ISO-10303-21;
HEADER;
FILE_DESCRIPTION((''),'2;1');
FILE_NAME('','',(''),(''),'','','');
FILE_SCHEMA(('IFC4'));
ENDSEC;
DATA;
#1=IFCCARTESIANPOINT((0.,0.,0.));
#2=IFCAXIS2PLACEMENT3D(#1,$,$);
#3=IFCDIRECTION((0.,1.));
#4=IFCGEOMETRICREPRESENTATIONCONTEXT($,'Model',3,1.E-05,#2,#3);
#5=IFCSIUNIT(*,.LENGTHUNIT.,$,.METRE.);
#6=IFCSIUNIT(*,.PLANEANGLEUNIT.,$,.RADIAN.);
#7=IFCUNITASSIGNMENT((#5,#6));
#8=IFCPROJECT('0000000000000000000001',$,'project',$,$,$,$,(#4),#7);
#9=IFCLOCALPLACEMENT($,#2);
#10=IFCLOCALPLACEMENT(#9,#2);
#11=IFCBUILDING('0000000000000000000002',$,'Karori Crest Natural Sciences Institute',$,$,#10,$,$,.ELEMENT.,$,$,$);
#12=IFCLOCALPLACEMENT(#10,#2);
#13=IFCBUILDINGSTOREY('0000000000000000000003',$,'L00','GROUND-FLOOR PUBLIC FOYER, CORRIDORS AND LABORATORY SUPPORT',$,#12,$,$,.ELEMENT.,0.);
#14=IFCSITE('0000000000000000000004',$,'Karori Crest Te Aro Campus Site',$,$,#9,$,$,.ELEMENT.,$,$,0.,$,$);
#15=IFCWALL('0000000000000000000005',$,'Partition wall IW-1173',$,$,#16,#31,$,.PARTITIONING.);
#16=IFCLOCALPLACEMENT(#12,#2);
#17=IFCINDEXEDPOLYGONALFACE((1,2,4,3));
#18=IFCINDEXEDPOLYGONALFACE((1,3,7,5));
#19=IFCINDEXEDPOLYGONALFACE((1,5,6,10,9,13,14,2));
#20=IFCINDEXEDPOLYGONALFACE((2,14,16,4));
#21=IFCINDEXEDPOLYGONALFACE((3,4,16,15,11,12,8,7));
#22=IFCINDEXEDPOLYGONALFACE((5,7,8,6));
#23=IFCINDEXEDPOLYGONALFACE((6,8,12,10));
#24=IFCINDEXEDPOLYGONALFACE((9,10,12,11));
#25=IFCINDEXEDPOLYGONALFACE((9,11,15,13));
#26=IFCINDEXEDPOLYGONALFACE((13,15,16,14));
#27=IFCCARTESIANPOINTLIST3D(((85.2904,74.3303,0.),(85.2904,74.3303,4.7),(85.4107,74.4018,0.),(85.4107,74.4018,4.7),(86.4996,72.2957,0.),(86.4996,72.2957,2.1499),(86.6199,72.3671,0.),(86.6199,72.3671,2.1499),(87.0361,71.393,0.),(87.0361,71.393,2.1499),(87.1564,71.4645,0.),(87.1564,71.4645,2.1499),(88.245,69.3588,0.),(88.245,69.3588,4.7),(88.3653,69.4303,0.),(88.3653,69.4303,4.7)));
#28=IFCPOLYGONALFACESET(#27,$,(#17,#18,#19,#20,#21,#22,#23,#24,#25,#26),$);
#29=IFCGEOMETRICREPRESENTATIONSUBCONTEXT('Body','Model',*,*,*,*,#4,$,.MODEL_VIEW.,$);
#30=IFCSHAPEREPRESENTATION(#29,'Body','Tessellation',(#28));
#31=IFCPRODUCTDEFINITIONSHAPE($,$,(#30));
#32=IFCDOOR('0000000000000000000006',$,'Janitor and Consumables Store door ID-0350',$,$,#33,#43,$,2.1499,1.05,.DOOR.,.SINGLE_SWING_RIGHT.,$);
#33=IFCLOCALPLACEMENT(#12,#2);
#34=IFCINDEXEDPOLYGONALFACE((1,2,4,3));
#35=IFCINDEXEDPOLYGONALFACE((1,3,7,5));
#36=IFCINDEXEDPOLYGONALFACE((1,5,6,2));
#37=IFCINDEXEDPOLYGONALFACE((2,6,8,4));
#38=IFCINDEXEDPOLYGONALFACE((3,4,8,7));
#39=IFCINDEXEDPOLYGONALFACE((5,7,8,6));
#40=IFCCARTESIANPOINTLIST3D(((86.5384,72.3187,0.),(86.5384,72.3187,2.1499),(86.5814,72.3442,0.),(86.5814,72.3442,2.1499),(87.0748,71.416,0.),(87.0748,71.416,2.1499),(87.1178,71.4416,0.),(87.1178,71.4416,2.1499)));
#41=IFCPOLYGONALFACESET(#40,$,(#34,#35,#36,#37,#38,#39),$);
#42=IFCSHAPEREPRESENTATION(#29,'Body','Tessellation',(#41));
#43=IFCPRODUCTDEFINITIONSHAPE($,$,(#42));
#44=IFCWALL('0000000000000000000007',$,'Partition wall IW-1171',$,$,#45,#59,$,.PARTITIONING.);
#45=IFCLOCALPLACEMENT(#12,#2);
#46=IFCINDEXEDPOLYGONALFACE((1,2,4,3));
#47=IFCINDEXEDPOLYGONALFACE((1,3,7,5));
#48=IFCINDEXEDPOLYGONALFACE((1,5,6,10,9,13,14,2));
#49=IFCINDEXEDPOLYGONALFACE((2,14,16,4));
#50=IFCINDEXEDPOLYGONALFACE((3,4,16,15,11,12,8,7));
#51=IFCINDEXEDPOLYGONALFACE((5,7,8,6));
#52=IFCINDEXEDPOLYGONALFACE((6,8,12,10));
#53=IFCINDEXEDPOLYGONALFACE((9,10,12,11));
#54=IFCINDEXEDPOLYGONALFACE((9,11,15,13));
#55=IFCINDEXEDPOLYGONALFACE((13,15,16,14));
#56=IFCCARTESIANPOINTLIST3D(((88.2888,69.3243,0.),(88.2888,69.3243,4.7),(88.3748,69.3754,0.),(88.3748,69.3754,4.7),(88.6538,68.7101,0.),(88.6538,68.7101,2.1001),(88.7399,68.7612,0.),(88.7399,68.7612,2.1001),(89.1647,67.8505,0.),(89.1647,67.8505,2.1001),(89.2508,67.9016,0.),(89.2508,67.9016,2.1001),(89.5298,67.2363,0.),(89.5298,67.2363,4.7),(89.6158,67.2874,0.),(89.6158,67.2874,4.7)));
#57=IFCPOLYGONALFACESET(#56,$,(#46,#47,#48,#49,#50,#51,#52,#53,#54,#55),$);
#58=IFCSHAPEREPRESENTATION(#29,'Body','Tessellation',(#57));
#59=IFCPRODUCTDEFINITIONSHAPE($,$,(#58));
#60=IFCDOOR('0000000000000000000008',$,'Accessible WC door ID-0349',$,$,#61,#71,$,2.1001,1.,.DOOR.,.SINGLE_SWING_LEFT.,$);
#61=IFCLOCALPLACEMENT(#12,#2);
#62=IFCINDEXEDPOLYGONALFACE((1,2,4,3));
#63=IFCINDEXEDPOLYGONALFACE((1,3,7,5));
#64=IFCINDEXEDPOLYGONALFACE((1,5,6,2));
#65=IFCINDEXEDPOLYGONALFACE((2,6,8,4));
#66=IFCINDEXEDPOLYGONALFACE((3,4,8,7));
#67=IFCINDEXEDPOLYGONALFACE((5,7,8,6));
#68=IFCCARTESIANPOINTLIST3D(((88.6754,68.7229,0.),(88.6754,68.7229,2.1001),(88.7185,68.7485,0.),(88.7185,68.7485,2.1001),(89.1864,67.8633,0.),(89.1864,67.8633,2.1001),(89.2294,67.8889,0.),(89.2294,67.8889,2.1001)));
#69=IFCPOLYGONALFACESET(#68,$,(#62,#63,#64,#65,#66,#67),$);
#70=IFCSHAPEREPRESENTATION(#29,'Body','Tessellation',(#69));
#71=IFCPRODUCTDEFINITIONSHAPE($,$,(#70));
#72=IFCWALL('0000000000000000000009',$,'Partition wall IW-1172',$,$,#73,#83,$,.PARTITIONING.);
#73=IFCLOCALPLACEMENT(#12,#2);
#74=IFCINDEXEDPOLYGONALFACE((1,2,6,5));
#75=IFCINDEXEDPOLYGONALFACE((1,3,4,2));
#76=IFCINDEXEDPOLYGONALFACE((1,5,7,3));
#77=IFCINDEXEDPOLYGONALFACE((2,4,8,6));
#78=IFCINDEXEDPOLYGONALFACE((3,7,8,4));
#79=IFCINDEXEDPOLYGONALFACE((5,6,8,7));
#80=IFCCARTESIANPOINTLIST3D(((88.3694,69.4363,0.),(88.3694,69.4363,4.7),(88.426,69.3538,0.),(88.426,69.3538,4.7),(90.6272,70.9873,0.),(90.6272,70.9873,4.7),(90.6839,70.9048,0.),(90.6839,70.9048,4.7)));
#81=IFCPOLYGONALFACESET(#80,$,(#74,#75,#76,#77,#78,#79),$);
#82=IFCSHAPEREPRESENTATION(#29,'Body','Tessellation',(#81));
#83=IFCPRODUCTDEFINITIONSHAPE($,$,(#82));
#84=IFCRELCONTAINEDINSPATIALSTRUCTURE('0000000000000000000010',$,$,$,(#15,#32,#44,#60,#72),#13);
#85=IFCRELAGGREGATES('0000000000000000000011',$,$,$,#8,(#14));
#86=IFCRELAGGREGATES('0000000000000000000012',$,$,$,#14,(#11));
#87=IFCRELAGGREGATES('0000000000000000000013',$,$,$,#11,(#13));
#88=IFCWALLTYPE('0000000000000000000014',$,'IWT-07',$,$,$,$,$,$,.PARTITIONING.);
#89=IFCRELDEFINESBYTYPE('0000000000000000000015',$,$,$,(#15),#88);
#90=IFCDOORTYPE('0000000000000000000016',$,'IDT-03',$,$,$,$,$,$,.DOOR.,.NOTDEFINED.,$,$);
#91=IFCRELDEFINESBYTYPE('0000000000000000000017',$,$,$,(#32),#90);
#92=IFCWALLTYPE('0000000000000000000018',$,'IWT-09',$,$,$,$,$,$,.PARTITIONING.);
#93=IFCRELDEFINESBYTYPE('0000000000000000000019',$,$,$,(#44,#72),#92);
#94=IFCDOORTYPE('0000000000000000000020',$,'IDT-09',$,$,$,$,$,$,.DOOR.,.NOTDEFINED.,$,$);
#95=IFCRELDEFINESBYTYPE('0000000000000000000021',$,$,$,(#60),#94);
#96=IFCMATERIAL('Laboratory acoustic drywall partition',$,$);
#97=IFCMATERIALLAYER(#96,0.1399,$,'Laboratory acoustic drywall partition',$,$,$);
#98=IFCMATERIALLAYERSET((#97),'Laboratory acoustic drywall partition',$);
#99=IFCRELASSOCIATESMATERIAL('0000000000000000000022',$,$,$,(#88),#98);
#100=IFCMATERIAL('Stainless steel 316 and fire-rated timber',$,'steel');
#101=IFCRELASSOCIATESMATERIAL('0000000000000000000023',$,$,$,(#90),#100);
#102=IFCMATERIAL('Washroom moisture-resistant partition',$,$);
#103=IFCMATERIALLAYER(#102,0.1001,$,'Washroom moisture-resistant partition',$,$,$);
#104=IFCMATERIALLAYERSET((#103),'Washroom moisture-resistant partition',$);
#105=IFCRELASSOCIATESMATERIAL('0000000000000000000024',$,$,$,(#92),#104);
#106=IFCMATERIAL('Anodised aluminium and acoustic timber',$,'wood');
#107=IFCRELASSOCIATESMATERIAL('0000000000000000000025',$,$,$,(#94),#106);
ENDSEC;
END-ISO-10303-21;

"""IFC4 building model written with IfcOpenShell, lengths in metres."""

from ifc_helpers import new_model, si_unit, direction, frame, frame_2d, origin, place, context, subcontext, project, spatial, rectangle, extrude, material, layer, layer_set, type_object, element, fill, save


model = new_model("IFC4")

# Units and contexts
model_context = context("Model", 3, precision=1e-05, world=origin(), true_north=direction((0.0, 1.0)))
body_context = subcontext(model_context, "Body", "Model", "MODEL_VIEW")
ifc_project = project(units=[si_unit("LENGTHUNIT", "METRE"), si_unit("PLANEANGLEUNIT", "RADIAN")], contexts=[model_context])

# Site, building, storey
site_placement = place(None, origin())
site = spatial("IfcSite", under=ifc_project, at=site_placement, Name="Karori Crest Te Aro Campus Site", CompositionType="ELEMENT", RefElevation=0.0)
building_placement = place(site_placement, origin())
building = spatial("IfcBuilding", under=site, at=building_placement, Name="Karori Crest Natural Sciences Institute", CompositionType="ELEMENT")
storey_placement = place(building_placement, origin())
storey = spatial("IfcBuildingStorey", under=building, at=storey_placement, Name="L00", Description="GROUND-FLOOR PUBLIC FOYER, CORRIDORS AND LABORATORY SUPPORT", CompositionType="ELEMENT", Elevation=0.0)

# Shared definitions
ifc_material_1 = material(Name="Laboratory acoustic drywall partition")
ifc_layer_1 = layer(ifc_material_1, 0.1399, Name="Laboratory acoustic drywall partition")
ifc_layer_set_1 = layer_set([ifc_layer_1], Name="Laboratory acoustic drywall partition")
wall_type_1 = type_object("IfcWallType", Name="IWT-07", PredefinedType="PARTITIONING", material=ifc_layer_set_1)

# Walls, openings, doors
wall_1_placement = place(storey_placement, frame((88.3052, 69.3945, 0.0), z_axis=(0.0, 0.0, 1.0), x_axis=(-0.510897, 0.859642, 0.0)))
wall_1 = element("IfcWall", 1, at=wall_1_placement, inside=storey, type_object=wall_type_1, Name="Partition wall IW-1173", PredefinedType="PARTITIONING", context=body_context, shape_type="SweptSolid", body=[
    extrude(rectangle(XDim=5.7832, YDim=0.1399, at=frame_2d((2.8916, 0.0))), origin(), (0.0, 0.0, 1.0), 4.7),
])
opening_1_placement = place(wall_1_placement, frame((2.3665, 0.0, 0.0)))
opening_1 = element("IfcOpeningElement", 2, at=opening_1_placement, cuts=wall_1, PredefinedType="OPENING", context=body_context, shape_type="SweptSolid", body=[
    extrude(rectangle(XDim=1.05, YDim=2.1499, at=frame_2d((0.5249, 1.075))), frame((0.0, 0.0801, 0.0), z_axis=(0.0, -1.0, 0.0), x_axis=(1.0, 0.0, 0.0)), (0.0, 0.0, 1.0), 0.1599),
])
ifc_material_2 = material(Name="Stainless steel 316 and fire-rated timber", Category="steel")
door_type_1 = type_object("IfcDoorType", Name="IDT-03", OperationType="NOTDEFINED", PredefinedType="DOOR", material=ifc_material_2)
door_1_placement = place(opening_1_placement, origin())
door_1 = element("IfcDoor", 3, at=door_1_placement, inside=storey, type_object=door_type_1, Name="Janitor and Consumables Store door ID-0350", OperationType="SINGLE_SWING_RIGHT", OverallHeight=2.1499, OverallWidth=1.05, PredefinedType="DOOR", context=body_context, shape_type="SweptSolid", body=[
    extrude(rectangle(XDim=1.05, YDim=2.1499, at=frame_2d((0.5249, 1.075))), frame((0.0, 0.0249, 0.0), z_axis=(0.0, -1.0, 0.0), x_axis=(1.0, 0.0, 0.0)), (0.0, 0.0, 1.0), 0.05),
])
fill(opening_1, door_1)
ifc_material_3 = material(Name="Washroom moisture-resistant partition")
ifc_layer_2 = layer(ifc_material_3, 0.1001, Name="Washroom moisture-resistant partition")
ifc_layer_set_2 = layer_set([ifc_layer_2], Name="Washroom moisture-resistant partition")
wall_type_2 = type_object("IfcWallType", Name="IWT-09", PredefinedType="PARTITIONING", material=ifc_layer_set_2)
wall_2_placement = place(storey_placement, frame((89.5728, 67.262, 0.0), z_axis=(0.0, 0.0, 1.0), x_axis=(-0.510929, 0.859623, 0.0)))
wall_2 = element("IfcWall", 4, at=wall_2_placement, inside=storey, type_object=wall_type_2, Name="Partition wall IW-1171", PredefinedType="PARTITIONING", context=body_context, shape_type="SweptSolid", body=[
    extrude(rectangle(XDim=2.429, YDim=0.1001, at=frame_2d((1.2144, 0.0))), origin(), (0.0, 0.0, 1.0), 4.7),
])
opening_2_placement = place(wall_2_placement, frame((0.7144, 0.0, 0.0)))
opening_2 = element("IfcOpeningElement", 5, at=opening_2_placement, cuts=wall_2, PredefinedType="OPENING", context=body_context, shape_type="SweptSolid", body=[
    extrude(rectangle(XDim=1.0, YDim=2.1001, at=frame_2d((0.5, 1.05))), frame((0.0, 0.0601, 0.0), z_axis=(0.0, -1.0, 0.0), x_axis=(1.0, 0.0, 0.0)), (0.0, 0.0, 1.0), 0.1201),
])
ifc_material_4 = material(Name="Anodised aluminium and acoustic timber", Category="wood")
door_type_2 = type_object("IfcDoorType", Name="IDT-09", OperationType="NOTDEFINED", PredefinedType="DOOR", material=ifc_material_4)
door_2_placement = place(opening_2_placement, origin())
door_2 = element("IfcDoor", 6, at=door_2_placement, inside=storey, type_object=door_type_2, Name="Accessible WC door ID-0349", OperationType="SINGLE_SWING_LEFT", OverallHeight=2.1001, OverallWidth=1.0, PredefinedType="DOOR", context=body_context, shape_type="SweptSolid", body=[
    extrude(rectangle(XDim=1.0, YDim=2.1001, at=frame_2d((0.5, 1.05))), frame((0.0, 0.0249, 0.0), z_axis=(0.0, -1.0, 0.0), x_axis=(1.0, 0.0, 0.0)), (0.0, 0.0, 1.0), 0.05),
])
fill(opening_2, door_2)

# Wall
wall_3_placement = place(storey_placement, frame((88.3977, 69.395, 0.0), z_axis=(0.0, 0.0, 1.0), x_axis=(0.82425, 0.566226, 0.0)))
element("IfcWall", 7, at=wall_3_placement, inside=storey, type_object=wall_type_2, Name="Partition wall IW-1172", PredefinedType="PARTITIONING", context=body_context, shape_type="SweptSolid", body=[
    extrude(rectangle(XDim=2.7393, YDim=0.1001, at=frame_2d((1.3696, 0.0))), origin(), (0.0, 0.0, 1.0), 4.7),
])

save(model, "model.ifc")
